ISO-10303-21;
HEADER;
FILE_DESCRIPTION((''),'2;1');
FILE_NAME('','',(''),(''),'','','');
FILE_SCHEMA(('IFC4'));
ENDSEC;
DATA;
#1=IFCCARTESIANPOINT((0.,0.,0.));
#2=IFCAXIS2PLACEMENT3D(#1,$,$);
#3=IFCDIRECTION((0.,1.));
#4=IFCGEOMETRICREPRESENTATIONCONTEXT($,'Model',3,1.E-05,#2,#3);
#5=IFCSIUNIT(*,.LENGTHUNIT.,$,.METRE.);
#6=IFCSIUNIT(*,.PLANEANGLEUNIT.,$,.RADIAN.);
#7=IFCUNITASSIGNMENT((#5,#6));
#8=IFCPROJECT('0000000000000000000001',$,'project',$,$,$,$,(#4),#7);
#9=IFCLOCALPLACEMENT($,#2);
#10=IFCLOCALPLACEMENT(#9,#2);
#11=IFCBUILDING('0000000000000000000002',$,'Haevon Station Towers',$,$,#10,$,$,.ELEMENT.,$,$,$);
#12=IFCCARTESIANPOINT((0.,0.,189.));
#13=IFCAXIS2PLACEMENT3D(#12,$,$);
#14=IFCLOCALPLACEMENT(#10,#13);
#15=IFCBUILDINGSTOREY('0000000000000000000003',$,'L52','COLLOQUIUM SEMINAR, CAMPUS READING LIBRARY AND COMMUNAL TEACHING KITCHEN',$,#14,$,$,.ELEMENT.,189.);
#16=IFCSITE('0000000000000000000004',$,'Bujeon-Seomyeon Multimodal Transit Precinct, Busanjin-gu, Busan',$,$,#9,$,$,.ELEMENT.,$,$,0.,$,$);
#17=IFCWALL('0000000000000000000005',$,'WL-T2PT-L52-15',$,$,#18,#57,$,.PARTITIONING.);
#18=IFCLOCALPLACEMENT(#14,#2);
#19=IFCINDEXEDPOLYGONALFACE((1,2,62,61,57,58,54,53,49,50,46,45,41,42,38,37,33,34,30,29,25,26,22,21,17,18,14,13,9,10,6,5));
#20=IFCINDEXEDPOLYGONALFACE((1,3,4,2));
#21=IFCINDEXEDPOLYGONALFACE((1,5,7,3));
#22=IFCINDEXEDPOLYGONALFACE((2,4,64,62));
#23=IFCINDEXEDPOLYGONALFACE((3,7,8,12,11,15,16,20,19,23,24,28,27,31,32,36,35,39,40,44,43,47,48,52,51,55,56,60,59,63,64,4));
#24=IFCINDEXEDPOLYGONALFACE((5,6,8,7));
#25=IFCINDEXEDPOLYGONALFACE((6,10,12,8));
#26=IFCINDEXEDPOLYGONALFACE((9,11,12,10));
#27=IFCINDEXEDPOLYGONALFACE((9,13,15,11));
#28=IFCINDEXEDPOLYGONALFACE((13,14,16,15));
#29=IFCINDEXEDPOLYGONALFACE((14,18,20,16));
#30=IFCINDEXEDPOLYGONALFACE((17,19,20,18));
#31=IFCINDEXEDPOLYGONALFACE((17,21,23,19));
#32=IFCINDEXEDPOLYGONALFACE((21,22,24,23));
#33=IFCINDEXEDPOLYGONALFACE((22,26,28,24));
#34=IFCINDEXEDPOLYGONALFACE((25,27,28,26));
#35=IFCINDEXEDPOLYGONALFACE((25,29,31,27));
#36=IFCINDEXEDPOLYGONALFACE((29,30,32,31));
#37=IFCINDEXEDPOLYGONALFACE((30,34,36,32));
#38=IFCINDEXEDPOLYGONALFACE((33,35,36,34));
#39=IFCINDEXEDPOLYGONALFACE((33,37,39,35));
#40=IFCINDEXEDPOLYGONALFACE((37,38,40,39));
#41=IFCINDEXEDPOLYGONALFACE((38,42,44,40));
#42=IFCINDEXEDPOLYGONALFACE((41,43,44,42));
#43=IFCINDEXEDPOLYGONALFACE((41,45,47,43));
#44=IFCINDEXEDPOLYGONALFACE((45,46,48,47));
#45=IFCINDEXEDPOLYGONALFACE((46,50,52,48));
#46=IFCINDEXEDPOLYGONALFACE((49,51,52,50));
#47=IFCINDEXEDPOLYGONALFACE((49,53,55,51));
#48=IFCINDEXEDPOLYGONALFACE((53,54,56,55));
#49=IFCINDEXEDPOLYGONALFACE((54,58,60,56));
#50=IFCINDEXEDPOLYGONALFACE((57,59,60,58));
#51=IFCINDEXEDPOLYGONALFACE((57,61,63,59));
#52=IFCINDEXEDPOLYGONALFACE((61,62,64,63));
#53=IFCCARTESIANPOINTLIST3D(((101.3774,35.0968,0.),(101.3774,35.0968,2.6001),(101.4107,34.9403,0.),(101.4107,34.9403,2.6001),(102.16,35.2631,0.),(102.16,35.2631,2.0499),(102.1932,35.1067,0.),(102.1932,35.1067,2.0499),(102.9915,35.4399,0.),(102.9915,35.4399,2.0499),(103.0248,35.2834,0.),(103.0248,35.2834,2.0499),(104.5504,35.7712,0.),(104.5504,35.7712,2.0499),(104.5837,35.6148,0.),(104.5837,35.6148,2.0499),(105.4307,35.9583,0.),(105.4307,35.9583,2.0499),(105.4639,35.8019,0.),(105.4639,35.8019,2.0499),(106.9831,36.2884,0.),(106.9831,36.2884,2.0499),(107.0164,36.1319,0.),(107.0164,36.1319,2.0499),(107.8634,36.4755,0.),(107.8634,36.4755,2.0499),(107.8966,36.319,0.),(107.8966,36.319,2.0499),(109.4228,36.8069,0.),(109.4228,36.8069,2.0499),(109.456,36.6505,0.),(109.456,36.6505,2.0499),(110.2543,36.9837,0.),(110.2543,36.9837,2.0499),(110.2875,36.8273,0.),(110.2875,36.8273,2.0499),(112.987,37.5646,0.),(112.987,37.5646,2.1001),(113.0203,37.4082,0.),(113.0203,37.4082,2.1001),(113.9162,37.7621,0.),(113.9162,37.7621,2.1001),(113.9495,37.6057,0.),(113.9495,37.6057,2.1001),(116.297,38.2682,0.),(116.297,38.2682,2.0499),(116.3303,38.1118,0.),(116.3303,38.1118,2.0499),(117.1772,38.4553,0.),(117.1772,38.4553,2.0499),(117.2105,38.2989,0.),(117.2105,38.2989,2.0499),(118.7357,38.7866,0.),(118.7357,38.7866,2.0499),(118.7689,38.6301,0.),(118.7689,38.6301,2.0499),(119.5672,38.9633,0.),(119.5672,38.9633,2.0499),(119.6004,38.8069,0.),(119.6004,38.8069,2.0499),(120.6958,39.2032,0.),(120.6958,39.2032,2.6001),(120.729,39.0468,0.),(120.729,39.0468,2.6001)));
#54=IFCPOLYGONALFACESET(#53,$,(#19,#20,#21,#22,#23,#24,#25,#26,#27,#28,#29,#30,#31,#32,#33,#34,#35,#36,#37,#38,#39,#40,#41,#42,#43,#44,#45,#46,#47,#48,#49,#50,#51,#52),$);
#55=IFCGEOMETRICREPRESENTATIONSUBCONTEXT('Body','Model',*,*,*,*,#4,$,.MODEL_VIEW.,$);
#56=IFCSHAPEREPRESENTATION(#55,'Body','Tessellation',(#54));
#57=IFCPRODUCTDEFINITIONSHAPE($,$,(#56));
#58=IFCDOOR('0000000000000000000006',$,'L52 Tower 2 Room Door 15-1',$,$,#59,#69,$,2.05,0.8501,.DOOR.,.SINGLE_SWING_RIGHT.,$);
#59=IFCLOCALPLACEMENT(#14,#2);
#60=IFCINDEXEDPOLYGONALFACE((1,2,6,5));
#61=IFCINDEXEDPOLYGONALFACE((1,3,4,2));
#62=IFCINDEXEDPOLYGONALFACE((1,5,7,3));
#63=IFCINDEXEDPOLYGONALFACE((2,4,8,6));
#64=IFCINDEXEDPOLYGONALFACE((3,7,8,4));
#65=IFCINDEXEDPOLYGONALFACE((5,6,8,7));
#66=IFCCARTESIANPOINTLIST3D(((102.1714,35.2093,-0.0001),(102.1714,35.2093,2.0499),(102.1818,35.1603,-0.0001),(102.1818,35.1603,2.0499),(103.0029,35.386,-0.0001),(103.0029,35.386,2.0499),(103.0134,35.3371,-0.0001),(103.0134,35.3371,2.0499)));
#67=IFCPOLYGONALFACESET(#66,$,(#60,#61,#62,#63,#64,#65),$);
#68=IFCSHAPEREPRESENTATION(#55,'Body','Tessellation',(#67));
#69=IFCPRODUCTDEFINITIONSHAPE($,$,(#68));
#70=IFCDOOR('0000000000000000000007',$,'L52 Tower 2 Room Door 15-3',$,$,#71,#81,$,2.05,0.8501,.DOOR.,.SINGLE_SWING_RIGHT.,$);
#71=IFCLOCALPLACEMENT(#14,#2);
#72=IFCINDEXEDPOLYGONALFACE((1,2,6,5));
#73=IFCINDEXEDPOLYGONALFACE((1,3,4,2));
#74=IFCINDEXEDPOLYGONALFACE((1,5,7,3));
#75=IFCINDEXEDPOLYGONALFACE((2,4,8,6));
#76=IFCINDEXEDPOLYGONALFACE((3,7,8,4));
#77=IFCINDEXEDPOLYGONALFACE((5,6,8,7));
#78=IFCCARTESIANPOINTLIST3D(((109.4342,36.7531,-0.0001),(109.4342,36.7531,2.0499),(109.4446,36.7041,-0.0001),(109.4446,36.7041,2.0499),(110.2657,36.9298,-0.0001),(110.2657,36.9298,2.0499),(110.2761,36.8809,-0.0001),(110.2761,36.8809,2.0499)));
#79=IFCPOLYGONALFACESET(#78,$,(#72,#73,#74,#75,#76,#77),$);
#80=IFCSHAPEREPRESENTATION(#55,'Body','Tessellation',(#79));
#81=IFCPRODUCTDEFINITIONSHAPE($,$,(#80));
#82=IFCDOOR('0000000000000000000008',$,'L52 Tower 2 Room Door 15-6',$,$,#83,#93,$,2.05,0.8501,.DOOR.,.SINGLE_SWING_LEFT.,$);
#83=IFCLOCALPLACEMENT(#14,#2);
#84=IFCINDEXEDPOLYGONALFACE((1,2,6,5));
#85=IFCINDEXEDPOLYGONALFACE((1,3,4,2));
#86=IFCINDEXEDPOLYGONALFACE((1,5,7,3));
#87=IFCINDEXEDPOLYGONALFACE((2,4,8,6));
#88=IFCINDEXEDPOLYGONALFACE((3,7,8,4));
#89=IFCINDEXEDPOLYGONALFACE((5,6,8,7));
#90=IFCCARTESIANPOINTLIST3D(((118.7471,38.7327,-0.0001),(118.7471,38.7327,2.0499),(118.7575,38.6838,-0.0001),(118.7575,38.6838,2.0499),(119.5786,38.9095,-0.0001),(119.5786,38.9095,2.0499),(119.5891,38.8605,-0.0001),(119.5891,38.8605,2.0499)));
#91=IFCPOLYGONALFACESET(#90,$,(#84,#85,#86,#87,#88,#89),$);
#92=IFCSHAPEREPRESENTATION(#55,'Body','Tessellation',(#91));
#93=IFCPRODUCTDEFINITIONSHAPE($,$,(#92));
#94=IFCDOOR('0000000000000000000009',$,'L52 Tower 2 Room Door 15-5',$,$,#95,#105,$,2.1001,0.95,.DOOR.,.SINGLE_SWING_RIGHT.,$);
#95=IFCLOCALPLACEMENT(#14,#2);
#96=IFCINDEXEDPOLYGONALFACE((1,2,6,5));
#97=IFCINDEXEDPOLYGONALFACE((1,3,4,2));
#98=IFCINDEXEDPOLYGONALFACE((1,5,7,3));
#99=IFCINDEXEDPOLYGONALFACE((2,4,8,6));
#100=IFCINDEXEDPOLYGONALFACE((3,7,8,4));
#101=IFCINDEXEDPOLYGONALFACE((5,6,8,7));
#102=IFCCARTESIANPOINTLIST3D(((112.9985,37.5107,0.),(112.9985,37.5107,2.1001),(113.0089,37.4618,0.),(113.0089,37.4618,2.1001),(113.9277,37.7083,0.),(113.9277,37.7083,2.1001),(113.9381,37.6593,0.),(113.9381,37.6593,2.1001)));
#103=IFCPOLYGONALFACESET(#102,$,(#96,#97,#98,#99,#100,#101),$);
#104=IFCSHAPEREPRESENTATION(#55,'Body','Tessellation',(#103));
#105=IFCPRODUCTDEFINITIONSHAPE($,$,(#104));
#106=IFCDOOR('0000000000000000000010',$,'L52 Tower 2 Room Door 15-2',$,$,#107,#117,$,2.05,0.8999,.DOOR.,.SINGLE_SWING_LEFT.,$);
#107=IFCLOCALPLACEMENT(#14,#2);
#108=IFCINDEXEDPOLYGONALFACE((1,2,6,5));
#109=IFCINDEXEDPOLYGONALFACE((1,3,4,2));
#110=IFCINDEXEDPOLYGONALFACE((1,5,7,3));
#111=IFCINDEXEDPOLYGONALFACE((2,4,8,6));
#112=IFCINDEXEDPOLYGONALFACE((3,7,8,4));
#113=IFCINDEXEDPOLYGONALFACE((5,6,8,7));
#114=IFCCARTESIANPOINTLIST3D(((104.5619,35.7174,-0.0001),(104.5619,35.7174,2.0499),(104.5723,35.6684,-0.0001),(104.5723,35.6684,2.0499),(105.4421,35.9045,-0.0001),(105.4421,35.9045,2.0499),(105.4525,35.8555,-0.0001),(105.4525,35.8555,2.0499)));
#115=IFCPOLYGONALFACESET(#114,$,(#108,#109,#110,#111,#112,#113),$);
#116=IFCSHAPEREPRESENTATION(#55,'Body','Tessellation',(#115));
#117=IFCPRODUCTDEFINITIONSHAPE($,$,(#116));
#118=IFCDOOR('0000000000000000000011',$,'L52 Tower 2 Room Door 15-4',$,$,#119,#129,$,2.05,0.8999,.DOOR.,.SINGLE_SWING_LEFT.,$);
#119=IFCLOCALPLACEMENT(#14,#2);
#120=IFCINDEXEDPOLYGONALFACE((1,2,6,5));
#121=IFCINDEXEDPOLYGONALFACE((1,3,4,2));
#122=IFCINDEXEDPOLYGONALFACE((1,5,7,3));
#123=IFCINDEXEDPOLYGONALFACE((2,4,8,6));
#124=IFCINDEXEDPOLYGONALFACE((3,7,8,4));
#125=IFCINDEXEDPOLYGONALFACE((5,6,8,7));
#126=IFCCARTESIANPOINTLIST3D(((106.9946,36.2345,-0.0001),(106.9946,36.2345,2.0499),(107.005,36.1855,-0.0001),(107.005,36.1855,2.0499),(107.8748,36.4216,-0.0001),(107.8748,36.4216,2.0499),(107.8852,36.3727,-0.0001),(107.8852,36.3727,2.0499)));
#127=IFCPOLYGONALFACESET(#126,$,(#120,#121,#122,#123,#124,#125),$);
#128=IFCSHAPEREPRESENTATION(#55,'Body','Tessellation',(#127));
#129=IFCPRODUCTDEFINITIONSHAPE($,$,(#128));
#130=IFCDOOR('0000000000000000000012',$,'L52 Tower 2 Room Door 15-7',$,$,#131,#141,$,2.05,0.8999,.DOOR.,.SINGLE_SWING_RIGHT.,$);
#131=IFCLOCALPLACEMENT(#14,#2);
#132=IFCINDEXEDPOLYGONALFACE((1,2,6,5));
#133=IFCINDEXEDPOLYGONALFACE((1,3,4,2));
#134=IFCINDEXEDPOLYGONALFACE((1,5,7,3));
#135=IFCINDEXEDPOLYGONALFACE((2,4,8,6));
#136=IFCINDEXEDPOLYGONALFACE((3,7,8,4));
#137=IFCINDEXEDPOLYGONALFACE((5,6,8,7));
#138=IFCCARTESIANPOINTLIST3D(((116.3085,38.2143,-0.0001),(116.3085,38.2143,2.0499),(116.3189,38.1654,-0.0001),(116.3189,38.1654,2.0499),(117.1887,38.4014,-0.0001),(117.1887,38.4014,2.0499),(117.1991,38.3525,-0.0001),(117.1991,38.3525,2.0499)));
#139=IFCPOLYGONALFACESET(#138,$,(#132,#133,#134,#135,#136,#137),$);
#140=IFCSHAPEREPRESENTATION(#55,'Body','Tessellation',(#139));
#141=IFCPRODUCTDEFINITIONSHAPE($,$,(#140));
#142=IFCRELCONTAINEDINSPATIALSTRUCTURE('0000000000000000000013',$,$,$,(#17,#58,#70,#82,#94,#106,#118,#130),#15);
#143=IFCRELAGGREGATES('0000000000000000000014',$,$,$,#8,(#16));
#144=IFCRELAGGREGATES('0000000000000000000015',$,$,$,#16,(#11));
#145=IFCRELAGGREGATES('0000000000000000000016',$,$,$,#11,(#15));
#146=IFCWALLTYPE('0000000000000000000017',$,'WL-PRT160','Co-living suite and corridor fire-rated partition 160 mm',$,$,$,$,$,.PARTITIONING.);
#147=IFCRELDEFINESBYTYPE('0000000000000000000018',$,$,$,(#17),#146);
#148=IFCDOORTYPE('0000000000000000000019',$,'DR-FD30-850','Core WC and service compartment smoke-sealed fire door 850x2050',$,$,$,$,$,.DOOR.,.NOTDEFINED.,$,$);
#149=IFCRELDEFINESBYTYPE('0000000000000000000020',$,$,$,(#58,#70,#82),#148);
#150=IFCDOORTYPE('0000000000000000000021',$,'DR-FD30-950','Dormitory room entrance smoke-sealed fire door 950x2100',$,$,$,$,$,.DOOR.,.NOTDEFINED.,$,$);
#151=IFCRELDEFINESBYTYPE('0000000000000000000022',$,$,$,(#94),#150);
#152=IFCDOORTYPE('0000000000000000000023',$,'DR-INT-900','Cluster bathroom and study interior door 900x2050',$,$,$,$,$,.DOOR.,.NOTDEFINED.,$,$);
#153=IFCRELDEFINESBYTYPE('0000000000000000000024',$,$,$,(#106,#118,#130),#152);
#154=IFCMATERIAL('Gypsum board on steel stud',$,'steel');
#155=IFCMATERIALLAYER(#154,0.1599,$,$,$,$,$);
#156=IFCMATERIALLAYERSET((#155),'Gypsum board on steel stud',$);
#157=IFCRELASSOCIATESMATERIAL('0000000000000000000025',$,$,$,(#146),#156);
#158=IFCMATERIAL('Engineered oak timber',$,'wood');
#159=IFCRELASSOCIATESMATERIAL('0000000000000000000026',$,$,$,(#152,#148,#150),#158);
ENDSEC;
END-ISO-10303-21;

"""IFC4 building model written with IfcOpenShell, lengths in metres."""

from ifc_helpers import new_model, si_unit, direction, frame, frame_2d, origin, place, context, subcontext, project, spatial, rectangle, extrude, material, layer, layer_set, type_object, element, fill, save


model = new_model("IFC4")

# Units and contexts
model_context = context("Model", 3, precision=1e-05, world=origin(), true_north=direction((0.0, 1.0)))
body_context = subcontext(model_context, "Body", "Model", "MODEL_VIEW")
ifc_project = project(units=[si_unit("LENGTHUNIT", "METRE"), si_unit("PLANEANGLEUNIT", "RADIAN")], contexts=[model_context])

# Site, building, storey
site_placement = place(None, origin())
site = spatial("IfcSite", under=ifc_project, at=site_placement, Name="Bujeon-Seomyeon Multimodal Transit Precinct, Busanjin-gu, Busan", CompositionType="ELEMENT", RefElevation=0.0)
building_placement = place(site_placement, origin())
building = spatial("IfcBuilding", under=site, at=building_placement, Name="Haevon Station Towers", CompositionType="ELEMENT")
storey_placement = place(building_placement, frame((0.0, 0.0, 189.0)))
storey = spatial("IfcBuildingStorey", under=building, at=storey_placement, Name="L52", Description="COLLOQUIUM SEMINAR, CAMPUS READING LIBRARY AND COMMUNAL TEACHING KITCHEN", CompositionType="ELEMENT", Elevation=189.0)

# Shared definitions
ifc_material_1 = material(Name="Gypsum board on steel stud", Category="steel")
ifc_layer_1 = layer(ifc_material_1, 0.1599)
ifc_layer_set_1 = layer_set([ifc_layer_1], Name="Gypsum board on steel stud")
wall_type_1 = type_object("IfcWallType", Name="WL-PRT160", Description="Co-living suite and corridor fire-rated partition 160 mm", PredefinedType="PARTITIONING", material=ifc_layer_set_1)

# Shared definitions
ifc_material_2 = material(Name="Engineered oak timber", Category="wood")
door_type_1 = type_object("IfcDoorType", Name="DR-INT-900", Description="Cluster bathroom and study interior door 900x2050", OperationType="NOTDEFINED", PredefinedType="DOOR", material=ifc_material_2)

# Wall, openings, doors
wall_1_placement = place(storey_placement, frame((101.394, 35.0186, 0.0), z_axis=(0.0, 0.0, 1.0), x_axis=(0.978146, 0.207921, 0.0)))
wall_1 = element("IfcWall", 1, at=wall_1_placement, inside=storey, type_object=wall_type_1, Name="WL-T2PT-L52-15", PredefinedType="PARTITIONING", context=body_context, shape_type="SweptSolid", body=[
    extrude(rectangle(XDim=19.75, YDim=0.1599, at=frame_2d((9.875, 0.0))), origin(), (0.0, 0.0, 1.0), 2.6001),
])
opening_1_placement = place(wall_1_placement, frame((0.8, 0.0, 0.0)))
opening_1 = element("IfcOpeningElement", 2, at=opening_1_placement, cuts=wall_1, PredefinedType="OPENING", context=body_context, shape_type="SweptSolid", body=[
    extrude(rectangle(XDim=0.8501, YDim=2.05, at=frame_2d((0.425, 1.0249))), frame((0.0, 0.0898, 0.0), z_axis=(0.0, -1.0, 0.0), x_axis=(1.0, 0.0, 0.0)), (0.0, 0.0, 1.0), 0.1799),
])
opening_2_placement = place(wall_1_placement, frame((3.2439, 0.0, 0.0)))
opening_2 = element("IfcOpeningElement", 3, at=opening_2_placement, cuts=wall_1, PredefinedType="OPENING", context=body_context, shape_type="SweptSolid", body=[
    extrude(rectangle(XDim=0.8999, YDim=2.05, at=frame_2d((0.45, 1.0249))), frame((0.0, 0.0898, 0.0), z_axis=(0.0, -1.0, 0.0), x_axis=(1.0, 0.0, 0.0)), (0.0, 0.0, 1.0), 0.1799),
])
opening_3_placement = place(wall_1_placement, frame((8.2251, 0.0, 0.0)))
opening_3 = element("IfcOpeningElement", 4, at=opening_3_placement, cuts=wall_1, PredefinedType="OPENING", context=body_context, shape_type="SweptSolid", body=[
    extrude(rectangle(XDim=0.8501, YDim=2.05, at=frame_2d((0.425, 1.0249))), frame((0.0, 0.0898, 0.0), z_axis=(0.0, -1.0, 0.0), x_axis=(1.0, 0.0, 0.0)), (0.0, 0.0, 1.0), 0.1799),
])
opening_4_placement = place(wall_1_placement, frame((5.731, 0.0, 0.0)))
opening_4 = element("IfcOpeningElement", 5, at=opening_4_placement, cuts=wall_1, PredefinedType="OPENING", context=body_context, shape_type="SweptSolid", body=[
    extrude(rectangle(XDim=0.8999, YDim=2.05, at=frame_2d((0.45, 1.0249))), frame((0.0, 0.0898, 0.0), z_axis=(0.0, -1.0, 0.0), x_axis=(1.0, 0.0, 0.0)), (0.0, 0.0, 1.0), 0.1799),
])
opening_5_placement = place(wall_1_placement, frame((11.8689, 0.0, 0.0)))
opening_5 = element("IfcOpeningElement", 6, at=opening_5_placement, cuts=wall_1, PredefinedType="OPENING", context=body_context, shape_type="SweptSolid", body=[
    extrude(rectangle(XDim=0.95, YDim=2.1001, at=frame_2d((0.4751, 1.05))), frame((0.0, 0.0898, 0.0), z_axis=(0.0, -1.0, 0.0), x_axis=(1.0, 0.0, 0.0)), (0.0, 0.0, 1.0), 0.1799),
])
opening_6_placement = place(wall_1_placement, frame((17.7461, 0.0, 0.0)))
opening_6 = element("IfcOpeningElement", 7, at=opening_6_placement, cuts=wall_1, PredefinedType="OPENING", context=body_context, shape_type="SweptSolid", body=[
    extrude(rectangle(XDim=0.8501, YDim=2.05, at=frame_2d((0.425, 1.0249))), frame((0.0, 0.0898, 0.0), z_axis=(0.0, -1.0, 0.0), x_axis=(1.0, 0.0, 0.0)), (0.0, 0.0, 1.0), 0.1799),
])
opening_7_placement = place(wall_1_placement, frame((15.2529, 0.0, 0.0)))
opening_7 = element("IfcOpeningElement", 8, at=opening_7_placement, cuts=wall_1, PredefinedType="OPENING", context=body_context, shape_type="SweptSolid", body=[
    extrude(rectangle(XDim=0.8999, YDim=2.05, at=frame_2d((0.45, 1.0249))), frame((0.0, 0.0898, 0.0), z_axis=(0.0, -1.0, 0.0), x_axis=(1.0, 0.0, 0.0)), (0.0, 0.0, 1.0), 0.1799),
])
door_type_2 = type_object("IfcDoorType", Name="DR-FD30-850", Description="Core WC and service compartment smoke-sealed fire door 850x2050", OperationType="NOTDEFINED", PredefinedType="DOOR", material=ifc_material_2)
door_1_placement = place(opening_1_placement, origin())
door_1 = element("IfcDoor", 9, at=door_1_placement, inside=storey, type_object=door_type_2, Name="L52 Tower 2 Room Door 15-1", OperationType="SINGLE_SWING_RIGHT", OverallHeight=2.05, OverallWidth=0.8501, PredefinedType="DOOR", context=body_context, shape_type="SweptSolid", body=[
    extrude(rectangle(XDim=0.8501, YDim=2.05, at=frame_2d((0.425, 1.0249))), frame((0.0, 0.0249, 0.0), z_axis=(0.0, -1.0, 0.0), x_axis=(1.0, 0.0, 0.0)), (0.0, 0.0, 1.0), 0.05),
])
fill(opening_1, door_1)
door_2_placement = place(opening_3_placement, origin())
door_2 = element("IfcDoor", 10, at=door_2_placement, inside=storey, type_object=door_type_2, Name="L52 Tower 2 Room Door 15-3", OperationType="SINGLE_SWING_RIGHT", OverallHeight=2.05, OverallWidth=0.8501, PredefinedType="DOOR", context=body_context, shape_type="SweptSolid", body=[
    extrude(rectangle(XDim=0.8501, YDim=2.05, at=frame_2d((0.425, 1.0249))), frame((0.0, 0.0249, 0.0), z_axis=(0.0, -1.0, 0.0), x_axis=(1.0, 0.0, 0.0)), (0.0, 0.0, 1.0), 0.05),
])
fill(opening_3, door_2)
door_3_placement = place(opening_6_placement, origin())
door_3 = element("IfcDoor", 11, at=door_3_placement, inside=storey, type_object=door_type_2, Name="L52 Tower 2 Room Door 15-6", OperationType="SINGLE_SWING_LEFT", OverallHeight=2.05, OverallWidth=0.8501, PredefinedType="DOOR", context=body_context, shape_type="SweptSolid", body=[
    extrude(rectangle(XDim=0.8501, YDim=2.05, at=frame_2d((0.425, 1.0249))), frame((0.0, 0.0249, 0.0), z_axis=(0.0, -1.0, 0.0), x_axis=(1.0, 0.0, 0.0)), (0.0, 0.0, 1.0), 0.05),
])
fill(opening_6, door_3)
door_type_3 = type_object("IfcDoorType", Name="DR-FD30-950", Description="Dormitory room entrance smoke-sealed fire door 950x2100", OperationType="NOTDEFINED", PredefinedType="DOOR", material=ifc_material_2)
door_4_placement = place(opening_5_placement, origin())
door_4 = element("IfcDoor", 12, at=door_4_placement, inside=storey, type_object=door_type_3, Name="L52 Tower 2 Room Door 15-5", OperationType="SINGLE_SWING_RIGHT", OverallHeight=2.1001, OverallWidth=0.95, PredefinedType="DOOR", context=body_context, shape_type="SweptSolid", body=[
    extrude(rectangle(XDim=0.95, YDim=2.1001, at=frame_2d((0.4751, 1.05))), frame((0.0, 0.0249, 0.0), z_axis=(0.0, -1.0, 0.0), x_axis=(1.0, 0.0, 0.0)), (0.0, 0.0, 1.0), 0.05),
])
fill(opening_5, door_4)
door_5_placement = place(opening_2_placement, origin())
door_5 = element("IfcDoor", 13, at=door_5_placement, inside=storey, type_object=door_type_1, Name="L52 Tower 2 Room Door 15-2", OperationType="SINGLE_SWING_LEFT", OverallHeight=2.05, OverallWidth=0.8999, PredefinedType="DOOR", context=body_context, shape_type="SweptSolid", body=[
    extrude(rectangle(XDim=0.8999, YDim=2.05, at=frame_2d((0.45, 1.0249))), frame((0.0, 0.0249, 0.0), z_axis=(0.0, -1.0, 0.0), x_axis=(1.0, 0.0, 0.0)), (0.0, 0.0, 1.0), 0.05),
])
fill(opening_2, door_5)
door_6_placement = place(opening_4_placement, origin())
door_6 = element("IfcDoor", 14, at=door_6_placement, inside=storey, type_object=door_type_1, Name="L52 Tower 2 Room Door 15-4", OperationType="SINGLE_SWING_LEFT", OverallHeight=2.05, OverallWidth=0.8999, PredefinedType="DOOR", context=body_context, shape_type="SweptSolid", body=[
    extrude(rectangle(XDim=0.8999, YDim=2.05, at=frame_2d((0.45, 1.0249))), frame((0.0, 0.0249, 0.0), z_axis=(0.0, -1.0, 0.0), x_axis=(1.0, 0.0, 0.0)), (0.0, 0.0, 1.0), 0.05),
])
fill(opening_4, door_6)
door_7_placement = place(opening_7_placement, origin())
door_7 = element("IfcDoor", 15, at=door_7_placement, inside=storey, type_object=door_type_1, Name="L52 Tower 2 Room Door 15-7", OperationType="SINGLE_SWING_RIGHT", OverallHeight=2.05, OverallWidth=0.8999, PredefinedType="DOOR", context=body_context, shape_type="SweptSolid", body=[
    extrude(rectangle(XDim=0.8999, YDim=2.05, at=frame_2d((0.45, 1.0249))), frame((0.0, 0.0249, 0.0), z_axis=(0.0, -1.0, 0.0), x_axis=(1.0, 0.0, 0.0)), (0.0, 0.0, 1.0), 0.05),
])
fill(opening_7, door_7)

save(model, "model.ifc")
